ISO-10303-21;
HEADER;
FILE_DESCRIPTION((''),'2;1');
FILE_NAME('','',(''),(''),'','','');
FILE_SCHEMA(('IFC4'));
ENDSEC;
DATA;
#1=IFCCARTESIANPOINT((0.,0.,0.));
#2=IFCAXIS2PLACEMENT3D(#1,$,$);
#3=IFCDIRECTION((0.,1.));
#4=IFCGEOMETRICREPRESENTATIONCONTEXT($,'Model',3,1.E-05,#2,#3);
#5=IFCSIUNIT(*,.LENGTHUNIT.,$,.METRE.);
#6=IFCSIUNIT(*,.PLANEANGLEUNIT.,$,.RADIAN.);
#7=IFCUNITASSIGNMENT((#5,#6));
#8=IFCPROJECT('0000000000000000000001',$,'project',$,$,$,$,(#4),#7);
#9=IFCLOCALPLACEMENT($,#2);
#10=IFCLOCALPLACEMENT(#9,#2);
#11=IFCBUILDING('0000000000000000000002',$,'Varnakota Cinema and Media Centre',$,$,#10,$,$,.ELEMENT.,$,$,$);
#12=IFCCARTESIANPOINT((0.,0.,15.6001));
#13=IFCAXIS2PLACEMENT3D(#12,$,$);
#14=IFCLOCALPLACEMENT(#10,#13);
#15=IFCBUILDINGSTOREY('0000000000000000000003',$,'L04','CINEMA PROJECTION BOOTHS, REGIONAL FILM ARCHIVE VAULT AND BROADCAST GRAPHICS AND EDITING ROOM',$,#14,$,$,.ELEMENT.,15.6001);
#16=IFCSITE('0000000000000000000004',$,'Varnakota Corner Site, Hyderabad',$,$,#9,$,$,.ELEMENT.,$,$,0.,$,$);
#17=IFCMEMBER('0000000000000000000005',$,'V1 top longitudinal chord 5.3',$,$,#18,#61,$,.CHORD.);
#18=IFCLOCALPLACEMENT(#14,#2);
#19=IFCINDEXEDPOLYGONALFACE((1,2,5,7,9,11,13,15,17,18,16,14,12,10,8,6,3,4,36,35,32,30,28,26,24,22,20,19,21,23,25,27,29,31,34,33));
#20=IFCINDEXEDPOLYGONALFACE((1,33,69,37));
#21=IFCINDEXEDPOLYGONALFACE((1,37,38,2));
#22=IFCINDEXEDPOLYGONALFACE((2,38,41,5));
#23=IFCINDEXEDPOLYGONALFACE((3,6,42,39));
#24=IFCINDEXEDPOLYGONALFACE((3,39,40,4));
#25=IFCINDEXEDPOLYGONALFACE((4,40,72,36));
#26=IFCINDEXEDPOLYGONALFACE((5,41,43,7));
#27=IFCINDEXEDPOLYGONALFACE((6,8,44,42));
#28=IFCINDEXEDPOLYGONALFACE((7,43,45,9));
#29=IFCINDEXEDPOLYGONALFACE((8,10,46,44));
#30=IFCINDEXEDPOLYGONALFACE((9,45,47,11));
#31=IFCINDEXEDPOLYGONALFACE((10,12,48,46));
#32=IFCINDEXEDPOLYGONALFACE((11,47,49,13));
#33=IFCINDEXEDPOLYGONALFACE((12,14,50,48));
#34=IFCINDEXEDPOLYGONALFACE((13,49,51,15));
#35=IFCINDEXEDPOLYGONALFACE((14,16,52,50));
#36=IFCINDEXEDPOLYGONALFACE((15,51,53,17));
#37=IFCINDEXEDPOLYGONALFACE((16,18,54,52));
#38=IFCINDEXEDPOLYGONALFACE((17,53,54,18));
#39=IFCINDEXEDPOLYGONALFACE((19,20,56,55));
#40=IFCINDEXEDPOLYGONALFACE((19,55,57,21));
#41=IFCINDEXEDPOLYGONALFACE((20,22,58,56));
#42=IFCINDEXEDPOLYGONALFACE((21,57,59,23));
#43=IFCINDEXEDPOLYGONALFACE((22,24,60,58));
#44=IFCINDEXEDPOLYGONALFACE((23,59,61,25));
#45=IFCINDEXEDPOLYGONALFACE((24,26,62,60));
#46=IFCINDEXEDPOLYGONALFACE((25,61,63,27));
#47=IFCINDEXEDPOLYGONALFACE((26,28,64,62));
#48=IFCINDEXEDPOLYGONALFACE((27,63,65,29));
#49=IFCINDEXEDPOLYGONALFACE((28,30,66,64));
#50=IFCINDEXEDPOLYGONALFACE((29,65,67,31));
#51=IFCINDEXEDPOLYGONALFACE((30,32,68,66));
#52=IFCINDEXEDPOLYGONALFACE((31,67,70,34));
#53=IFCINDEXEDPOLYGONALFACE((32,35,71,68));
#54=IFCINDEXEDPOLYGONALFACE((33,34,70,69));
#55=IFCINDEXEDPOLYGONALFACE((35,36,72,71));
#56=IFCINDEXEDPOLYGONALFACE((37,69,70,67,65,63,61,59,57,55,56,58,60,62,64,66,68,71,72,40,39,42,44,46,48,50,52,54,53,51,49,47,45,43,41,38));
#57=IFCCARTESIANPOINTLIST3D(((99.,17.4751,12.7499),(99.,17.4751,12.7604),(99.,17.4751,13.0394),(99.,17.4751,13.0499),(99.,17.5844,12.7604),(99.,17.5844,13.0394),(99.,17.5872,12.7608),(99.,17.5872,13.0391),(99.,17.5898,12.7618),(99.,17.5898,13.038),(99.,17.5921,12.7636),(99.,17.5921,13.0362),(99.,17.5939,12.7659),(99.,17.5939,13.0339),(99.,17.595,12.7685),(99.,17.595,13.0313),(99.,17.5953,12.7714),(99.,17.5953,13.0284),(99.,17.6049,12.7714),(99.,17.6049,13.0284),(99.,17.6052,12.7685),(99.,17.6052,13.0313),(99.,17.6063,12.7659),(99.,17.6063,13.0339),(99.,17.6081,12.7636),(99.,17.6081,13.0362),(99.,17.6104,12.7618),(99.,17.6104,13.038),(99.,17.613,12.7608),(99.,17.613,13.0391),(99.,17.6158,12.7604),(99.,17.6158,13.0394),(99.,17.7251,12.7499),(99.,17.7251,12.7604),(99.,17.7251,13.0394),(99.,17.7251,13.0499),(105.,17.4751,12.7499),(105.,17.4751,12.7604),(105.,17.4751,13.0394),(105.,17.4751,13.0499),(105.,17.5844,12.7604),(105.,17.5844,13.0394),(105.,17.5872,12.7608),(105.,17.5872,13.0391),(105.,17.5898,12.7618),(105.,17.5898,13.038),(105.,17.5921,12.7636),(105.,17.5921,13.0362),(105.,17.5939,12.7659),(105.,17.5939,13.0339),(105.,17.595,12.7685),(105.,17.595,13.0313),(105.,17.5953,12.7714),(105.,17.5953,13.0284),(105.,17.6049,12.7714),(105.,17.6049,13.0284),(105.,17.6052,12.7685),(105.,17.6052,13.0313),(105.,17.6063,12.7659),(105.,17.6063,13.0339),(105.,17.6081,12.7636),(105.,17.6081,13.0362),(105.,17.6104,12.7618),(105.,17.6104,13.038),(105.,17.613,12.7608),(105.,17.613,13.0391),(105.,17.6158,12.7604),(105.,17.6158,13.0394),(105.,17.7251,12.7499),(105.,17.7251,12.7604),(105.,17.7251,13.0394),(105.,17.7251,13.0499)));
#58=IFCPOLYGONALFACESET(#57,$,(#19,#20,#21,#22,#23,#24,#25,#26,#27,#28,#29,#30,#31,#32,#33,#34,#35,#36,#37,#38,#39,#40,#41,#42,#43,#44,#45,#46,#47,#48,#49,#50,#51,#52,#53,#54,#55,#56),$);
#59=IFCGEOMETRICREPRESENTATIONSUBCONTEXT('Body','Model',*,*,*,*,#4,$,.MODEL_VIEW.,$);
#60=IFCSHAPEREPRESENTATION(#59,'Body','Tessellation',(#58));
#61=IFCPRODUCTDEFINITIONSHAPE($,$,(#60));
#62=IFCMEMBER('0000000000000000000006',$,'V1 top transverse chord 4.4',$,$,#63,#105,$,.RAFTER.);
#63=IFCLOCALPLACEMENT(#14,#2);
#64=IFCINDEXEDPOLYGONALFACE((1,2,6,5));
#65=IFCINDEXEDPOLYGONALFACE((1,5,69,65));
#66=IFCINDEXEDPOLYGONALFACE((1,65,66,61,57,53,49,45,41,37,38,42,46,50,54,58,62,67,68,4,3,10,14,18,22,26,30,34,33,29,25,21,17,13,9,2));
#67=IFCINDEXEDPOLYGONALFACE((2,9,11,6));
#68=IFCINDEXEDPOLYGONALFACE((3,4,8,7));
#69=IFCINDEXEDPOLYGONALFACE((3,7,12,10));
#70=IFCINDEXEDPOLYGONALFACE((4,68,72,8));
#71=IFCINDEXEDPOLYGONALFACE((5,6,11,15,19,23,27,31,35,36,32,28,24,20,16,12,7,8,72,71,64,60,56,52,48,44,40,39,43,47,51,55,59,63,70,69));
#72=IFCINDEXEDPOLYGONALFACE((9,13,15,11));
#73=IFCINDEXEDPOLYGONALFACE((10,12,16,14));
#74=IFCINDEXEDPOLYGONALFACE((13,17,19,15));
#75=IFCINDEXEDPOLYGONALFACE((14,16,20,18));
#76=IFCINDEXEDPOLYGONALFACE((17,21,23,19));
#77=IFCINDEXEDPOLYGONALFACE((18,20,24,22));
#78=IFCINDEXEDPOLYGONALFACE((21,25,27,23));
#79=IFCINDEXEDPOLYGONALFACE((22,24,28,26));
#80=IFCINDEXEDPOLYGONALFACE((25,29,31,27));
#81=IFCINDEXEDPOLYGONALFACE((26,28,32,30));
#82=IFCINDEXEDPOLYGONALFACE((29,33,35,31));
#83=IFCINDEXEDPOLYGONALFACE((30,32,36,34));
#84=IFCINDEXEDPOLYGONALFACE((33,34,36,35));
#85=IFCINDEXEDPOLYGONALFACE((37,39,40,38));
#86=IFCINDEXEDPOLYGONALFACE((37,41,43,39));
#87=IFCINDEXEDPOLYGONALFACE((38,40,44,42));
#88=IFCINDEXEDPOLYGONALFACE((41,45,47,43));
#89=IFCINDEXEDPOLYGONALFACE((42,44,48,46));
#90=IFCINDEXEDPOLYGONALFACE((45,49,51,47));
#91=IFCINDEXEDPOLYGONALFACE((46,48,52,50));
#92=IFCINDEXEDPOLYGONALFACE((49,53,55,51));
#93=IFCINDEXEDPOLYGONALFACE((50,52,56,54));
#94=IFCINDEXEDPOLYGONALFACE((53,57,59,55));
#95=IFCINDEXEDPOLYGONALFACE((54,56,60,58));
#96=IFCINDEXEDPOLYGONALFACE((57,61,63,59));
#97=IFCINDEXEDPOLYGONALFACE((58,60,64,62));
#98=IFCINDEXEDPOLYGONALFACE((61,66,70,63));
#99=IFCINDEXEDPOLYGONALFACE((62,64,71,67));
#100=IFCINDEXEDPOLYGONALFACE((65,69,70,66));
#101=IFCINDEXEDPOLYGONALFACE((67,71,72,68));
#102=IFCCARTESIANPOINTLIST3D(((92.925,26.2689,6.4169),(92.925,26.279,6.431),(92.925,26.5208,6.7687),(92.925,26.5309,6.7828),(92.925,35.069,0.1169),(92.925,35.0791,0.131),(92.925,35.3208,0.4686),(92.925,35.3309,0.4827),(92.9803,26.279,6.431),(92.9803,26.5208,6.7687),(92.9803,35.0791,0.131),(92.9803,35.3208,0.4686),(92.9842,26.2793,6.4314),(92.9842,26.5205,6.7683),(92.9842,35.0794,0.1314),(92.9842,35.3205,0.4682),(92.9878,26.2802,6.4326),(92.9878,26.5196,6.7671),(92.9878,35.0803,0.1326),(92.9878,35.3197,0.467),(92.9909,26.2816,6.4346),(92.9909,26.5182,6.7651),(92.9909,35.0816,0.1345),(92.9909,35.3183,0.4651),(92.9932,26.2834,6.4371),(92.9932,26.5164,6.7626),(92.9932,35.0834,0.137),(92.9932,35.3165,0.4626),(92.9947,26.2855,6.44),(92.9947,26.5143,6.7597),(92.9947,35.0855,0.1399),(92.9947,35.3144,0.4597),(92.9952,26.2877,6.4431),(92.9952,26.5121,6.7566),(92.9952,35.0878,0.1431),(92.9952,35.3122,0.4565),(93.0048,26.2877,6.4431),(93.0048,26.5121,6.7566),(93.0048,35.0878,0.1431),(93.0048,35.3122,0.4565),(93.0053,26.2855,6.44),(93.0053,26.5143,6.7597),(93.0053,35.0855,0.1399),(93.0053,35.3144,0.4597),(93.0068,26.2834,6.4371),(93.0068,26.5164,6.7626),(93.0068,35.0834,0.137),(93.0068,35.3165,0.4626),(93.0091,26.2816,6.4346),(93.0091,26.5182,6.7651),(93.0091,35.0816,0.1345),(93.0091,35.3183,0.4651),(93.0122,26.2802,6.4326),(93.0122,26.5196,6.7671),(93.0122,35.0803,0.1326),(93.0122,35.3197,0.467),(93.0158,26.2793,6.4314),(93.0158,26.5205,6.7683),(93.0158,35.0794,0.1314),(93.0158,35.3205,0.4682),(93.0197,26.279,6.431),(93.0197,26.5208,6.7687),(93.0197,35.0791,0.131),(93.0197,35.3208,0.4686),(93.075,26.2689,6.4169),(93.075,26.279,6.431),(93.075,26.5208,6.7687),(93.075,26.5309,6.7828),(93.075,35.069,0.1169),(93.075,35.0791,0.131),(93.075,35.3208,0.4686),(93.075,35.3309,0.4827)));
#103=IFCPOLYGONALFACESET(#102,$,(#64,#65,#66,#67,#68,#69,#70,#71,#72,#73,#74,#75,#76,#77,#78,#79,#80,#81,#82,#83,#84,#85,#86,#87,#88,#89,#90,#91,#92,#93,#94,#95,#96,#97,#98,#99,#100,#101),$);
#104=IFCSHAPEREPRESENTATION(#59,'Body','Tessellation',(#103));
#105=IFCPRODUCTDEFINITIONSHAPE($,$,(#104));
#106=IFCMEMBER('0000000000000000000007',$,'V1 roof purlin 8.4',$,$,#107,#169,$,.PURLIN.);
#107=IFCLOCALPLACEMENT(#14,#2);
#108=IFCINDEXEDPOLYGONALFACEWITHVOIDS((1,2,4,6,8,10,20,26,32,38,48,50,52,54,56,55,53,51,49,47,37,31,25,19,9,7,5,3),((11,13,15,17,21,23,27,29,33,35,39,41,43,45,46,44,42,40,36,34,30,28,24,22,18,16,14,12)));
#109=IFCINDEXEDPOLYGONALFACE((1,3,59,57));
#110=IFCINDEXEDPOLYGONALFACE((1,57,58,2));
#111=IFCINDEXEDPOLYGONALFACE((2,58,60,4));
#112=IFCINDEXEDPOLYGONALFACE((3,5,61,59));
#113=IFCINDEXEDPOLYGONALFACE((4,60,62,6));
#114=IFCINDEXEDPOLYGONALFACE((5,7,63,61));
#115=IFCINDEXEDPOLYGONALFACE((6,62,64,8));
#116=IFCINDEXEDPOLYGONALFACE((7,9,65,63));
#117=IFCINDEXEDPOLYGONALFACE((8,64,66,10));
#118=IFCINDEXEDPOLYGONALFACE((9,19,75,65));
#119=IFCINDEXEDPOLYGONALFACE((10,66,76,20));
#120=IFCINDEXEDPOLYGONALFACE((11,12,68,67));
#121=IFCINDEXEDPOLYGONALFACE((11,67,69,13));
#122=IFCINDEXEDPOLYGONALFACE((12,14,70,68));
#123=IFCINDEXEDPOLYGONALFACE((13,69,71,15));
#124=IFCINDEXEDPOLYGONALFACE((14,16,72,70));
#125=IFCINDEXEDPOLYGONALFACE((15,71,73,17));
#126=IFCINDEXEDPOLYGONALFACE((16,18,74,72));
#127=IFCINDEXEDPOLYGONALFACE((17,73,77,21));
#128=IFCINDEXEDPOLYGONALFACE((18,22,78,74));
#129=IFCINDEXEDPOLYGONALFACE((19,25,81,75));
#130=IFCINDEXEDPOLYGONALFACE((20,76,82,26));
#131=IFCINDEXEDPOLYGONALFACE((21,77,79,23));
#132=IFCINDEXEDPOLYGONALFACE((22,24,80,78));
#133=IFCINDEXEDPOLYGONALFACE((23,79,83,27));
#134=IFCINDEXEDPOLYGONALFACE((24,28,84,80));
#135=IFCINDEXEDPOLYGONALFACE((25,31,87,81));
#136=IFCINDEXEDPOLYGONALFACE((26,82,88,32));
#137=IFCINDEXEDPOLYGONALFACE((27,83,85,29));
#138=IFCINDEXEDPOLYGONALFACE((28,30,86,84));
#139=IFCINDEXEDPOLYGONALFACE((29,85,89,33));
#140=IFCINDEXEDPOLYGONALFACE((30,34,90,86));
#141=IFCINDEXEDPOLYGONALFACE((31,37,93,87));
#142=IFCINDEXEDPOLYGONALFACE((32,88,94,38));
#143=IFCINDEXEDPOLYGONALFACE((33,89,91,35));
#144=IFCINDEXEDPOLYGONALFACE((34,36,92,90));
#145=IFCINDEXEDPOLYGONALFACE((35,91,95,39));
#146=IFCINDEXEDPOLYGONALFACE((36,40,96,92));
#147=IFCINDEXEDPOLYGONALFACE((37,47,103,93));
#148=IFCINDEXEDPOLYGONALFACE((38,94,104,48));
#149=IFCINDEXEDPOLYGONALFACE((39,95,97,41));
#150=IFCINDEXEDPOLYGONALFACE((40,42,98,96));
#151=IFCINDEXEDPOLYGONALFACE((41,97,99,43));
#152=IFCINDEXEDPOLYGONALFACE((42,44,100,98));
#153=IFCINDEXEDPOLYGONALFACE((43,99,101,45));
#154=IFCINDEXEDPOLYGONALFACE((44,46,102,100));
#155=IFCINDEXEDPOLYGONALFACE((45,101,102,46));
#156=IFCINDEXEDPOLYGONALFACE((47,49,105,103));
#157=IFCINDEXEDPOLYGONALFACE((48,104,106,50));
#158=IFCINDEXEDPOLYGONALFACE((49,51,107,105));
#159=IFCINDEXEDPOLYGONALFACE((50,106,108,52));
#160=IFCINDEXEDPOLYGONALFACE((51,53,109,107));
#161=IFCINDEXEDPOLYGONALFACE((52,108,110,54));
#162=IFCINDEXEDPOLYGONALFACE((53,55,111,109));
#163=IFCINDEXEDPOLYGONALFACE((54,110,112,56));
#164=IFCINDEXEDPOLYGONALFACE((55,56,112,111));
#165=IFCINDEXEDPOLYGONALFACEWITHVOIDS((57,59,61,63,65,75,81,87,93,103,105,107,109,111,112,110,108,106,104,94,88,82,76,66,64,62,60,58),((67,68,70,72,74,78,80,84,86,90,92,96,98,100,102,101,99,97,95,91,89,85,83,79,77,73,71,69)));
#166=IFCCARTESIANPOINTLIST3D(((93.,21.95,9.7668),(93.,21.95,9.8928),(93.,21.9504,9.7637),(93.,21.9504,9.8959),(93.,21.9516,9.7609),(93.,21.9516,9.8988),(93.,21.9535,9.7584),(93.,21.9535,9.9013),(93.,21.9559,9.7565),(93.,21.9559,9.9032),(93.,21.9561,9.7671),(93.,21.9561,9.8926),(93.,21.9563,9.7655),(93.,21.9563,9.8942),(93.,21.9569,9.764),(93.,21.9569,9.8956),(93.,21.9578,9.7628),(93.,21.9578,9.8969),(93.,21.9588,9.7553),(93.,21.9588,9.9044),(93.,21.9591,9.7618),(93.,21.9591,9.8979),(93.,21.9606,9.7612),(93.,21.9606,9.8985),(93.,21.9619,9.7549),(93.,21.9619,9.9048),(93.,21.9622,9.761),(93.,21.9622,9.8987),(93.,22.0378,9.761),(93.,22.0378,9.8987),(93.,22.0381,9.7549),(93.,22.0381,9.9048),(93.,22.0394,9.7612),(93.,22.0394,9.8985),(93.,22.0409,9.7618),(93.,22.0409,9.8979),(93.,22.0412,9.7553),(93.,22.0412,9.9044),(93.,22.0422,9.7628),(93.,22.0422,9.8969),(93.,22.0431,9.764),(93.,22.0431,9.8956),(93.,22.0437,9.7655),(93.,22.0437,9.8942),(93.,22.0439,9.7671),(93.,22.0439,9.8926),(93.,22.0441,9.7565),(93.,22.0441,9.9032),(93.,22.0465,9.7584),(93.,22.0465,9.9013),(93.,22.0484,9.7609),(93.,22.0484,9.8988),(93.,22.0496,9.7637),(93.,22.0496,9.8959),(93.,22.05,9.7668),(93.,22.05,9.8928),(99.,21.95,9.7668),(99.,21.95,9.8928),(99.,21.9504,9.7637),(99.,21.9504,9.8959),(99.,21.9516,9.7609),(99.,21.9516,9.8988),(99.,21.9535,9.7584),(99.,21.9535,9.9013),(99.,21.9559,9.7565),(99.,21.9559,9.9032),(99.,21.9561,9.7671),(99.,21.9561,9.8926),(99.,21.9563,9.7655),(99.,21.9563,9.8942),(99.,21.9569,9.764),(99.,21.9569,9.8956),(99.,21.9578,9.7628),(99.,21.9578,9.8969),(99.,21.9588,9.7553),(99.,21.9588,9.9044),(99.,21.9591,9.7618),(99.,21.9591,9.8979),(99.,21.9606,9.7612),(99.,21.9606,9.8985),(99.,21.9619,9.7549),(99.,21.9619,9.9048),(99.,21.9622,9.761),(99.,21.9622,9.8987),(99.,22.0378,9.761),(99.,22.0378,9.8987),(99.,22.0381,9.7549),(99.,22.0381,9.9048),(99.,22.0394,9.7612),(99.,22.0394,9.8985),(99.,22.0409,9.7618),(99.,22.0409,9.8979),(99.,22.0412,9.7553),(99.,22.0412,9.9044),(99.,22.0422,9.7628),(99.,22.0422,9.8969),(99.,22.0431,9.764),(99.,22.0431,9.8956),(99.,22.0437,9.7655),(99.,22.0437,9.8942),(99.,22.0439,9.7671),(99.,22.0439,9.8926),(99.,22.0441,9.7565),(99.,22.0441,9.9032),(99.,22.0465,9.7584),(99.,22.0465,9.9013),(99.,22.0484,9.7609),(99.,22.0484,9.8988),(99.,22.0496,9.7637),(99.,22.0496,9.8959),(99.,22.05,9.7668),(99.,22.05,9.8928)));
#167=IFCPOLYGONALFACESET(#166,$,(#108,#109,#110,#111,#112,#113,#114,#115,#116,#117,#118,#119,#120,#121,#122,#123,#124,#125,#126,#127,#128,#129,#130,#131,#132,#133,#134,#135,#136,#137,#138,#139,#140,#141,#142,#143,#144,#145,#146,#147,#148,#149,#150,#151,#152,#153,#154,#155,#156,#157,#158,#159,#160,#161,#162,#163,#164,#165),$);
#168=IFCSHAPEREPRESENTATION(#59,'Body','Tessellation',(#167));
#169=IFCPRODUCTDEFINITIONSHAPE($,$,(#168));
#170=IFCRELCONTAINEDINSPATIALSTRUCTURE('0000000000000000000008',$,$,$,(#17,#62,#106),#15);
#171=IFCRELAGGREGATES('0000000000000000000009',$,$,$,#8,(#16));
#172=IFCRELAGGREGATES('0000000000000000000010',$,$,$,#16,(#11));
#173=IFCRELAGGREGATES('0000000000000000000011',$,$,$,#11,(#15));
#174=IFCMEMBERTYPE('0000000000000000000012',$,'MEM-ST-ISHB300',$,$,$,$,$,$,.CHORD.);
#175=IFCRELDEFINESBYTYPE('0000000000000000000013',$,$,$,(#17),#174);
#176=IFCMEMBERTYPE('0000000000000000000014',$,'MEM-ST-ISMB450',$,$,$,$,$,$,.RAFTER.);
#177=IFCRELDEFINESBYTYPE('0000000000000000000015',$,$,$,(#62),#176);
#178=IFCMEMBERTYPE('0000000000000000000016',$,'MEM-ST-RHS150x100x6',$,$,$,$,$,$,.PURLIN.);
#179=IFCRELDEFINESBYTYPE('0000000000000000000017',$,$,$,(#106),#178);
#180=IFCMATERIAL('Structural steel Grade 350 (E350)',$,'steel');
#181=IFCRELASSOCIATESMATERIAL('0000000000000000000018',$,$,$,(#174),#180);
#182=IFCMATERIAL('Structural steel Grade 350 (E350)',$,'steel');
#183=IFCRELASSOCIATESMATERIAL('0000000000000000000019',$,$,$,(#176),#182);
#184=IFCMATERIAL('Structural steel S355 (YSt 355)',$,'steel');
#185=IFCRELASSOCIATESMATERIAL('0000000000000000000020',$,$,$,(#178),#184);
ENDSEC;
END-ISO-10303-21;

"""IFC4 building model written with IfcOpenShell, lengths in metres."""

from ifc_helpers import new_model, si_unit, direction, frame, origin, origin_2d, place, context, subcontext, project, spatial, hollow_rectangle, i_section, extrude, material, material_profile, profile_set, type_object, element, save


model = new_model("IFC4")

# Units and contexts
model_context = context("Model", 3, precision=1e-05, world=origin(), true_north=direction((0.0, 1.0)))
body_context = subcontext(model_context, "Body", "Model", "MODEL_VIEW")
ifc_project = project(units=[si_unit("LENGTHUNIT", "METRE"), si_unit("PLANEANGLEUNIT", "RADIAN")], contexts=[model_context])

# Site, building, storey
site_placement = place(None, origin())
site = spatial("IfcSite", under=ifc_project, at=site_placement, Name="Varnakota Corner Site, Hyderabad", CompositionType="ELEMENT", RefElevation=0.0)
building_placement = place(site_placement, origin())
building = spatial("IfcBuilding", under=site, at=building_placement, Name="Varnakota Cinema and Media Centre", CompositionType="ELEMENT")
storey_placement = place(building_placement, frame((0.0, 0.0, 15.6001)))
storey = spatial("IfcBuildingStorey", under=building, at=storey_placement, Name="L04", Description="CINEMA PROJECTION BOOTHS, REGIONAL FILM ARCHIVE VAULT AND BROADCAST GRAPHICS AND EDITING ROOM", CompositionType="ELEMENT", Elevation=15.6001)

# Members
ifc_material_1 = material(Name="Structural steel Grade 350 (E350)", Category="steel")
ifc_material_profile_1 = material_profile(ifc_material_1, i_section(OverallWidth=0.25, OverallDepth=0.3, WebThickness=0.0095, FlangeThickness=0.0105, FilletRadius=0.011, at=origin_2d()), Name="ISHB 300")
ifc_profile_set_1 = profile_set([ifc_material_profile_1], Name="Structural steel Grade 350 (E350)")
member_type_1 = type_object("IfcMemberType", Name="MEM-ST-ISHB300", PredefinedType="CHORD", material=ifc_profile_set_1)
member_1_placement = place(storey_placement, frame((99.0, 17.6001, 12.8999), z_axis=(1.0, 0.0, 0.0), x_axis=(0.0, 1.0, 0.0)))
element("IfcMember", 1, at=member_1_placement, inside=storey, type_object=member_type_1, Name="V1 top longitudinal chord 5.3", PredefinedType="CHORD", context=body_context, shape_type="SweptSolid", body=[
    extrude(i_section(OverallWidth=0.25, OverallDepth=0.3, WebThickness=0.0095, FlangeThickness=0.0105, FilletRadius=0.011, at=origin_2d()), origin(), (0.0, 0.0, 1.0), 6.0),
])
ifc_material_2 = material(Name="Structural steel Grade 350 (E350)", Category="steel")
ifc_material_profile_2 = material_profile(ifc_material_2, i_section(OverallWidth=0.1499, OverallDepth=0.45, WebThickness=0.0095, FlangeThickness=0.0173, FilletRadius=0.0149, at=origin_2d()), Name="ISMB 450")
ifc_profile_set_2 = profile_set([ifc_material_profile_2], Name="Structural steel Grade 350 (E350)")
member_type_2 = type_object("IfcMemberType", Name="MEM-ST-ISMB450", PredefinedType="RAFTER", material=ifc_profile_set_2)
member_2_placement = place(storey_placement, frame((93.0, 26.3999, 6.5999), z_axis=(0.0, 0.813108, -0.582113), x_axis=(-1.0, 0.0, 0.0)))
element("IfcMember", 2, at=member_2_placement, inside=storey, type_object=member_type_2, Name="V1 top transverse chord 4.4", PredefinedType="RAFTER", context=body_context, shape_type="SweptSolid", body=[
    extrude(i_section(OverallWidth=0.1499, OverallDepth=0.45, WebThickness=0.0095, FlangeThickness=0.0173, FilletRadius=0.0149, at=origin_2d()), origin(), (0.0, 0.0, 1.0), 10.8228),
])
ifc_material_3 = material(Name="Structural steel S355 (YSt 355)", Category="steel")
ifc_material_profile_3 = material_profile(ifc_material_3, hollow_rectangle(XDim=0.1001, YDim=0.1499, WallThickness=0.0061, InnerFilletRadius=0.0061, OuterFilletRadius=0.012, at=origin_2d()), Name="RHS 150x100x6")
ifc_profile_set_3 = profile_set([ifc_material_profile_3], Name="Structural steel S355 (YSt 355)")
member_type_3 = type_object("IfcMemberType", Name="MEM-ST-RHS150x100x6", PredefinedType="PURLIN", material=ifc_profile_set_3)
for number, where, z_axis, x_axis, name in (
    (3, (93.0, 22.0, 9.8298), (1.0, 0.0, 0.0), (0.0, 1.0, 0.0), "V1 roof purlin 8.4"),
):
    element("IfcMember", number, at=place(storey_placement, frame(where, z_axis=z_axis, x_axis=x_axis)), inside=storey, type_object=member_type_3, Name=name, PredefinedType="PURLIN", context=body_context, shape_type="SweptSolid", body=[
        extrude(hollow_rectangle(XDim=0.1001, YDim=0.1499, WallThickness=0.0061, InnerFilletRadius=0.0061, OuterFilletRadius=0.012, at=origin_2d()), origin(), (0.0, 0.0, 1.0), 6.0),
    ])

save(model, "model.ifc")
